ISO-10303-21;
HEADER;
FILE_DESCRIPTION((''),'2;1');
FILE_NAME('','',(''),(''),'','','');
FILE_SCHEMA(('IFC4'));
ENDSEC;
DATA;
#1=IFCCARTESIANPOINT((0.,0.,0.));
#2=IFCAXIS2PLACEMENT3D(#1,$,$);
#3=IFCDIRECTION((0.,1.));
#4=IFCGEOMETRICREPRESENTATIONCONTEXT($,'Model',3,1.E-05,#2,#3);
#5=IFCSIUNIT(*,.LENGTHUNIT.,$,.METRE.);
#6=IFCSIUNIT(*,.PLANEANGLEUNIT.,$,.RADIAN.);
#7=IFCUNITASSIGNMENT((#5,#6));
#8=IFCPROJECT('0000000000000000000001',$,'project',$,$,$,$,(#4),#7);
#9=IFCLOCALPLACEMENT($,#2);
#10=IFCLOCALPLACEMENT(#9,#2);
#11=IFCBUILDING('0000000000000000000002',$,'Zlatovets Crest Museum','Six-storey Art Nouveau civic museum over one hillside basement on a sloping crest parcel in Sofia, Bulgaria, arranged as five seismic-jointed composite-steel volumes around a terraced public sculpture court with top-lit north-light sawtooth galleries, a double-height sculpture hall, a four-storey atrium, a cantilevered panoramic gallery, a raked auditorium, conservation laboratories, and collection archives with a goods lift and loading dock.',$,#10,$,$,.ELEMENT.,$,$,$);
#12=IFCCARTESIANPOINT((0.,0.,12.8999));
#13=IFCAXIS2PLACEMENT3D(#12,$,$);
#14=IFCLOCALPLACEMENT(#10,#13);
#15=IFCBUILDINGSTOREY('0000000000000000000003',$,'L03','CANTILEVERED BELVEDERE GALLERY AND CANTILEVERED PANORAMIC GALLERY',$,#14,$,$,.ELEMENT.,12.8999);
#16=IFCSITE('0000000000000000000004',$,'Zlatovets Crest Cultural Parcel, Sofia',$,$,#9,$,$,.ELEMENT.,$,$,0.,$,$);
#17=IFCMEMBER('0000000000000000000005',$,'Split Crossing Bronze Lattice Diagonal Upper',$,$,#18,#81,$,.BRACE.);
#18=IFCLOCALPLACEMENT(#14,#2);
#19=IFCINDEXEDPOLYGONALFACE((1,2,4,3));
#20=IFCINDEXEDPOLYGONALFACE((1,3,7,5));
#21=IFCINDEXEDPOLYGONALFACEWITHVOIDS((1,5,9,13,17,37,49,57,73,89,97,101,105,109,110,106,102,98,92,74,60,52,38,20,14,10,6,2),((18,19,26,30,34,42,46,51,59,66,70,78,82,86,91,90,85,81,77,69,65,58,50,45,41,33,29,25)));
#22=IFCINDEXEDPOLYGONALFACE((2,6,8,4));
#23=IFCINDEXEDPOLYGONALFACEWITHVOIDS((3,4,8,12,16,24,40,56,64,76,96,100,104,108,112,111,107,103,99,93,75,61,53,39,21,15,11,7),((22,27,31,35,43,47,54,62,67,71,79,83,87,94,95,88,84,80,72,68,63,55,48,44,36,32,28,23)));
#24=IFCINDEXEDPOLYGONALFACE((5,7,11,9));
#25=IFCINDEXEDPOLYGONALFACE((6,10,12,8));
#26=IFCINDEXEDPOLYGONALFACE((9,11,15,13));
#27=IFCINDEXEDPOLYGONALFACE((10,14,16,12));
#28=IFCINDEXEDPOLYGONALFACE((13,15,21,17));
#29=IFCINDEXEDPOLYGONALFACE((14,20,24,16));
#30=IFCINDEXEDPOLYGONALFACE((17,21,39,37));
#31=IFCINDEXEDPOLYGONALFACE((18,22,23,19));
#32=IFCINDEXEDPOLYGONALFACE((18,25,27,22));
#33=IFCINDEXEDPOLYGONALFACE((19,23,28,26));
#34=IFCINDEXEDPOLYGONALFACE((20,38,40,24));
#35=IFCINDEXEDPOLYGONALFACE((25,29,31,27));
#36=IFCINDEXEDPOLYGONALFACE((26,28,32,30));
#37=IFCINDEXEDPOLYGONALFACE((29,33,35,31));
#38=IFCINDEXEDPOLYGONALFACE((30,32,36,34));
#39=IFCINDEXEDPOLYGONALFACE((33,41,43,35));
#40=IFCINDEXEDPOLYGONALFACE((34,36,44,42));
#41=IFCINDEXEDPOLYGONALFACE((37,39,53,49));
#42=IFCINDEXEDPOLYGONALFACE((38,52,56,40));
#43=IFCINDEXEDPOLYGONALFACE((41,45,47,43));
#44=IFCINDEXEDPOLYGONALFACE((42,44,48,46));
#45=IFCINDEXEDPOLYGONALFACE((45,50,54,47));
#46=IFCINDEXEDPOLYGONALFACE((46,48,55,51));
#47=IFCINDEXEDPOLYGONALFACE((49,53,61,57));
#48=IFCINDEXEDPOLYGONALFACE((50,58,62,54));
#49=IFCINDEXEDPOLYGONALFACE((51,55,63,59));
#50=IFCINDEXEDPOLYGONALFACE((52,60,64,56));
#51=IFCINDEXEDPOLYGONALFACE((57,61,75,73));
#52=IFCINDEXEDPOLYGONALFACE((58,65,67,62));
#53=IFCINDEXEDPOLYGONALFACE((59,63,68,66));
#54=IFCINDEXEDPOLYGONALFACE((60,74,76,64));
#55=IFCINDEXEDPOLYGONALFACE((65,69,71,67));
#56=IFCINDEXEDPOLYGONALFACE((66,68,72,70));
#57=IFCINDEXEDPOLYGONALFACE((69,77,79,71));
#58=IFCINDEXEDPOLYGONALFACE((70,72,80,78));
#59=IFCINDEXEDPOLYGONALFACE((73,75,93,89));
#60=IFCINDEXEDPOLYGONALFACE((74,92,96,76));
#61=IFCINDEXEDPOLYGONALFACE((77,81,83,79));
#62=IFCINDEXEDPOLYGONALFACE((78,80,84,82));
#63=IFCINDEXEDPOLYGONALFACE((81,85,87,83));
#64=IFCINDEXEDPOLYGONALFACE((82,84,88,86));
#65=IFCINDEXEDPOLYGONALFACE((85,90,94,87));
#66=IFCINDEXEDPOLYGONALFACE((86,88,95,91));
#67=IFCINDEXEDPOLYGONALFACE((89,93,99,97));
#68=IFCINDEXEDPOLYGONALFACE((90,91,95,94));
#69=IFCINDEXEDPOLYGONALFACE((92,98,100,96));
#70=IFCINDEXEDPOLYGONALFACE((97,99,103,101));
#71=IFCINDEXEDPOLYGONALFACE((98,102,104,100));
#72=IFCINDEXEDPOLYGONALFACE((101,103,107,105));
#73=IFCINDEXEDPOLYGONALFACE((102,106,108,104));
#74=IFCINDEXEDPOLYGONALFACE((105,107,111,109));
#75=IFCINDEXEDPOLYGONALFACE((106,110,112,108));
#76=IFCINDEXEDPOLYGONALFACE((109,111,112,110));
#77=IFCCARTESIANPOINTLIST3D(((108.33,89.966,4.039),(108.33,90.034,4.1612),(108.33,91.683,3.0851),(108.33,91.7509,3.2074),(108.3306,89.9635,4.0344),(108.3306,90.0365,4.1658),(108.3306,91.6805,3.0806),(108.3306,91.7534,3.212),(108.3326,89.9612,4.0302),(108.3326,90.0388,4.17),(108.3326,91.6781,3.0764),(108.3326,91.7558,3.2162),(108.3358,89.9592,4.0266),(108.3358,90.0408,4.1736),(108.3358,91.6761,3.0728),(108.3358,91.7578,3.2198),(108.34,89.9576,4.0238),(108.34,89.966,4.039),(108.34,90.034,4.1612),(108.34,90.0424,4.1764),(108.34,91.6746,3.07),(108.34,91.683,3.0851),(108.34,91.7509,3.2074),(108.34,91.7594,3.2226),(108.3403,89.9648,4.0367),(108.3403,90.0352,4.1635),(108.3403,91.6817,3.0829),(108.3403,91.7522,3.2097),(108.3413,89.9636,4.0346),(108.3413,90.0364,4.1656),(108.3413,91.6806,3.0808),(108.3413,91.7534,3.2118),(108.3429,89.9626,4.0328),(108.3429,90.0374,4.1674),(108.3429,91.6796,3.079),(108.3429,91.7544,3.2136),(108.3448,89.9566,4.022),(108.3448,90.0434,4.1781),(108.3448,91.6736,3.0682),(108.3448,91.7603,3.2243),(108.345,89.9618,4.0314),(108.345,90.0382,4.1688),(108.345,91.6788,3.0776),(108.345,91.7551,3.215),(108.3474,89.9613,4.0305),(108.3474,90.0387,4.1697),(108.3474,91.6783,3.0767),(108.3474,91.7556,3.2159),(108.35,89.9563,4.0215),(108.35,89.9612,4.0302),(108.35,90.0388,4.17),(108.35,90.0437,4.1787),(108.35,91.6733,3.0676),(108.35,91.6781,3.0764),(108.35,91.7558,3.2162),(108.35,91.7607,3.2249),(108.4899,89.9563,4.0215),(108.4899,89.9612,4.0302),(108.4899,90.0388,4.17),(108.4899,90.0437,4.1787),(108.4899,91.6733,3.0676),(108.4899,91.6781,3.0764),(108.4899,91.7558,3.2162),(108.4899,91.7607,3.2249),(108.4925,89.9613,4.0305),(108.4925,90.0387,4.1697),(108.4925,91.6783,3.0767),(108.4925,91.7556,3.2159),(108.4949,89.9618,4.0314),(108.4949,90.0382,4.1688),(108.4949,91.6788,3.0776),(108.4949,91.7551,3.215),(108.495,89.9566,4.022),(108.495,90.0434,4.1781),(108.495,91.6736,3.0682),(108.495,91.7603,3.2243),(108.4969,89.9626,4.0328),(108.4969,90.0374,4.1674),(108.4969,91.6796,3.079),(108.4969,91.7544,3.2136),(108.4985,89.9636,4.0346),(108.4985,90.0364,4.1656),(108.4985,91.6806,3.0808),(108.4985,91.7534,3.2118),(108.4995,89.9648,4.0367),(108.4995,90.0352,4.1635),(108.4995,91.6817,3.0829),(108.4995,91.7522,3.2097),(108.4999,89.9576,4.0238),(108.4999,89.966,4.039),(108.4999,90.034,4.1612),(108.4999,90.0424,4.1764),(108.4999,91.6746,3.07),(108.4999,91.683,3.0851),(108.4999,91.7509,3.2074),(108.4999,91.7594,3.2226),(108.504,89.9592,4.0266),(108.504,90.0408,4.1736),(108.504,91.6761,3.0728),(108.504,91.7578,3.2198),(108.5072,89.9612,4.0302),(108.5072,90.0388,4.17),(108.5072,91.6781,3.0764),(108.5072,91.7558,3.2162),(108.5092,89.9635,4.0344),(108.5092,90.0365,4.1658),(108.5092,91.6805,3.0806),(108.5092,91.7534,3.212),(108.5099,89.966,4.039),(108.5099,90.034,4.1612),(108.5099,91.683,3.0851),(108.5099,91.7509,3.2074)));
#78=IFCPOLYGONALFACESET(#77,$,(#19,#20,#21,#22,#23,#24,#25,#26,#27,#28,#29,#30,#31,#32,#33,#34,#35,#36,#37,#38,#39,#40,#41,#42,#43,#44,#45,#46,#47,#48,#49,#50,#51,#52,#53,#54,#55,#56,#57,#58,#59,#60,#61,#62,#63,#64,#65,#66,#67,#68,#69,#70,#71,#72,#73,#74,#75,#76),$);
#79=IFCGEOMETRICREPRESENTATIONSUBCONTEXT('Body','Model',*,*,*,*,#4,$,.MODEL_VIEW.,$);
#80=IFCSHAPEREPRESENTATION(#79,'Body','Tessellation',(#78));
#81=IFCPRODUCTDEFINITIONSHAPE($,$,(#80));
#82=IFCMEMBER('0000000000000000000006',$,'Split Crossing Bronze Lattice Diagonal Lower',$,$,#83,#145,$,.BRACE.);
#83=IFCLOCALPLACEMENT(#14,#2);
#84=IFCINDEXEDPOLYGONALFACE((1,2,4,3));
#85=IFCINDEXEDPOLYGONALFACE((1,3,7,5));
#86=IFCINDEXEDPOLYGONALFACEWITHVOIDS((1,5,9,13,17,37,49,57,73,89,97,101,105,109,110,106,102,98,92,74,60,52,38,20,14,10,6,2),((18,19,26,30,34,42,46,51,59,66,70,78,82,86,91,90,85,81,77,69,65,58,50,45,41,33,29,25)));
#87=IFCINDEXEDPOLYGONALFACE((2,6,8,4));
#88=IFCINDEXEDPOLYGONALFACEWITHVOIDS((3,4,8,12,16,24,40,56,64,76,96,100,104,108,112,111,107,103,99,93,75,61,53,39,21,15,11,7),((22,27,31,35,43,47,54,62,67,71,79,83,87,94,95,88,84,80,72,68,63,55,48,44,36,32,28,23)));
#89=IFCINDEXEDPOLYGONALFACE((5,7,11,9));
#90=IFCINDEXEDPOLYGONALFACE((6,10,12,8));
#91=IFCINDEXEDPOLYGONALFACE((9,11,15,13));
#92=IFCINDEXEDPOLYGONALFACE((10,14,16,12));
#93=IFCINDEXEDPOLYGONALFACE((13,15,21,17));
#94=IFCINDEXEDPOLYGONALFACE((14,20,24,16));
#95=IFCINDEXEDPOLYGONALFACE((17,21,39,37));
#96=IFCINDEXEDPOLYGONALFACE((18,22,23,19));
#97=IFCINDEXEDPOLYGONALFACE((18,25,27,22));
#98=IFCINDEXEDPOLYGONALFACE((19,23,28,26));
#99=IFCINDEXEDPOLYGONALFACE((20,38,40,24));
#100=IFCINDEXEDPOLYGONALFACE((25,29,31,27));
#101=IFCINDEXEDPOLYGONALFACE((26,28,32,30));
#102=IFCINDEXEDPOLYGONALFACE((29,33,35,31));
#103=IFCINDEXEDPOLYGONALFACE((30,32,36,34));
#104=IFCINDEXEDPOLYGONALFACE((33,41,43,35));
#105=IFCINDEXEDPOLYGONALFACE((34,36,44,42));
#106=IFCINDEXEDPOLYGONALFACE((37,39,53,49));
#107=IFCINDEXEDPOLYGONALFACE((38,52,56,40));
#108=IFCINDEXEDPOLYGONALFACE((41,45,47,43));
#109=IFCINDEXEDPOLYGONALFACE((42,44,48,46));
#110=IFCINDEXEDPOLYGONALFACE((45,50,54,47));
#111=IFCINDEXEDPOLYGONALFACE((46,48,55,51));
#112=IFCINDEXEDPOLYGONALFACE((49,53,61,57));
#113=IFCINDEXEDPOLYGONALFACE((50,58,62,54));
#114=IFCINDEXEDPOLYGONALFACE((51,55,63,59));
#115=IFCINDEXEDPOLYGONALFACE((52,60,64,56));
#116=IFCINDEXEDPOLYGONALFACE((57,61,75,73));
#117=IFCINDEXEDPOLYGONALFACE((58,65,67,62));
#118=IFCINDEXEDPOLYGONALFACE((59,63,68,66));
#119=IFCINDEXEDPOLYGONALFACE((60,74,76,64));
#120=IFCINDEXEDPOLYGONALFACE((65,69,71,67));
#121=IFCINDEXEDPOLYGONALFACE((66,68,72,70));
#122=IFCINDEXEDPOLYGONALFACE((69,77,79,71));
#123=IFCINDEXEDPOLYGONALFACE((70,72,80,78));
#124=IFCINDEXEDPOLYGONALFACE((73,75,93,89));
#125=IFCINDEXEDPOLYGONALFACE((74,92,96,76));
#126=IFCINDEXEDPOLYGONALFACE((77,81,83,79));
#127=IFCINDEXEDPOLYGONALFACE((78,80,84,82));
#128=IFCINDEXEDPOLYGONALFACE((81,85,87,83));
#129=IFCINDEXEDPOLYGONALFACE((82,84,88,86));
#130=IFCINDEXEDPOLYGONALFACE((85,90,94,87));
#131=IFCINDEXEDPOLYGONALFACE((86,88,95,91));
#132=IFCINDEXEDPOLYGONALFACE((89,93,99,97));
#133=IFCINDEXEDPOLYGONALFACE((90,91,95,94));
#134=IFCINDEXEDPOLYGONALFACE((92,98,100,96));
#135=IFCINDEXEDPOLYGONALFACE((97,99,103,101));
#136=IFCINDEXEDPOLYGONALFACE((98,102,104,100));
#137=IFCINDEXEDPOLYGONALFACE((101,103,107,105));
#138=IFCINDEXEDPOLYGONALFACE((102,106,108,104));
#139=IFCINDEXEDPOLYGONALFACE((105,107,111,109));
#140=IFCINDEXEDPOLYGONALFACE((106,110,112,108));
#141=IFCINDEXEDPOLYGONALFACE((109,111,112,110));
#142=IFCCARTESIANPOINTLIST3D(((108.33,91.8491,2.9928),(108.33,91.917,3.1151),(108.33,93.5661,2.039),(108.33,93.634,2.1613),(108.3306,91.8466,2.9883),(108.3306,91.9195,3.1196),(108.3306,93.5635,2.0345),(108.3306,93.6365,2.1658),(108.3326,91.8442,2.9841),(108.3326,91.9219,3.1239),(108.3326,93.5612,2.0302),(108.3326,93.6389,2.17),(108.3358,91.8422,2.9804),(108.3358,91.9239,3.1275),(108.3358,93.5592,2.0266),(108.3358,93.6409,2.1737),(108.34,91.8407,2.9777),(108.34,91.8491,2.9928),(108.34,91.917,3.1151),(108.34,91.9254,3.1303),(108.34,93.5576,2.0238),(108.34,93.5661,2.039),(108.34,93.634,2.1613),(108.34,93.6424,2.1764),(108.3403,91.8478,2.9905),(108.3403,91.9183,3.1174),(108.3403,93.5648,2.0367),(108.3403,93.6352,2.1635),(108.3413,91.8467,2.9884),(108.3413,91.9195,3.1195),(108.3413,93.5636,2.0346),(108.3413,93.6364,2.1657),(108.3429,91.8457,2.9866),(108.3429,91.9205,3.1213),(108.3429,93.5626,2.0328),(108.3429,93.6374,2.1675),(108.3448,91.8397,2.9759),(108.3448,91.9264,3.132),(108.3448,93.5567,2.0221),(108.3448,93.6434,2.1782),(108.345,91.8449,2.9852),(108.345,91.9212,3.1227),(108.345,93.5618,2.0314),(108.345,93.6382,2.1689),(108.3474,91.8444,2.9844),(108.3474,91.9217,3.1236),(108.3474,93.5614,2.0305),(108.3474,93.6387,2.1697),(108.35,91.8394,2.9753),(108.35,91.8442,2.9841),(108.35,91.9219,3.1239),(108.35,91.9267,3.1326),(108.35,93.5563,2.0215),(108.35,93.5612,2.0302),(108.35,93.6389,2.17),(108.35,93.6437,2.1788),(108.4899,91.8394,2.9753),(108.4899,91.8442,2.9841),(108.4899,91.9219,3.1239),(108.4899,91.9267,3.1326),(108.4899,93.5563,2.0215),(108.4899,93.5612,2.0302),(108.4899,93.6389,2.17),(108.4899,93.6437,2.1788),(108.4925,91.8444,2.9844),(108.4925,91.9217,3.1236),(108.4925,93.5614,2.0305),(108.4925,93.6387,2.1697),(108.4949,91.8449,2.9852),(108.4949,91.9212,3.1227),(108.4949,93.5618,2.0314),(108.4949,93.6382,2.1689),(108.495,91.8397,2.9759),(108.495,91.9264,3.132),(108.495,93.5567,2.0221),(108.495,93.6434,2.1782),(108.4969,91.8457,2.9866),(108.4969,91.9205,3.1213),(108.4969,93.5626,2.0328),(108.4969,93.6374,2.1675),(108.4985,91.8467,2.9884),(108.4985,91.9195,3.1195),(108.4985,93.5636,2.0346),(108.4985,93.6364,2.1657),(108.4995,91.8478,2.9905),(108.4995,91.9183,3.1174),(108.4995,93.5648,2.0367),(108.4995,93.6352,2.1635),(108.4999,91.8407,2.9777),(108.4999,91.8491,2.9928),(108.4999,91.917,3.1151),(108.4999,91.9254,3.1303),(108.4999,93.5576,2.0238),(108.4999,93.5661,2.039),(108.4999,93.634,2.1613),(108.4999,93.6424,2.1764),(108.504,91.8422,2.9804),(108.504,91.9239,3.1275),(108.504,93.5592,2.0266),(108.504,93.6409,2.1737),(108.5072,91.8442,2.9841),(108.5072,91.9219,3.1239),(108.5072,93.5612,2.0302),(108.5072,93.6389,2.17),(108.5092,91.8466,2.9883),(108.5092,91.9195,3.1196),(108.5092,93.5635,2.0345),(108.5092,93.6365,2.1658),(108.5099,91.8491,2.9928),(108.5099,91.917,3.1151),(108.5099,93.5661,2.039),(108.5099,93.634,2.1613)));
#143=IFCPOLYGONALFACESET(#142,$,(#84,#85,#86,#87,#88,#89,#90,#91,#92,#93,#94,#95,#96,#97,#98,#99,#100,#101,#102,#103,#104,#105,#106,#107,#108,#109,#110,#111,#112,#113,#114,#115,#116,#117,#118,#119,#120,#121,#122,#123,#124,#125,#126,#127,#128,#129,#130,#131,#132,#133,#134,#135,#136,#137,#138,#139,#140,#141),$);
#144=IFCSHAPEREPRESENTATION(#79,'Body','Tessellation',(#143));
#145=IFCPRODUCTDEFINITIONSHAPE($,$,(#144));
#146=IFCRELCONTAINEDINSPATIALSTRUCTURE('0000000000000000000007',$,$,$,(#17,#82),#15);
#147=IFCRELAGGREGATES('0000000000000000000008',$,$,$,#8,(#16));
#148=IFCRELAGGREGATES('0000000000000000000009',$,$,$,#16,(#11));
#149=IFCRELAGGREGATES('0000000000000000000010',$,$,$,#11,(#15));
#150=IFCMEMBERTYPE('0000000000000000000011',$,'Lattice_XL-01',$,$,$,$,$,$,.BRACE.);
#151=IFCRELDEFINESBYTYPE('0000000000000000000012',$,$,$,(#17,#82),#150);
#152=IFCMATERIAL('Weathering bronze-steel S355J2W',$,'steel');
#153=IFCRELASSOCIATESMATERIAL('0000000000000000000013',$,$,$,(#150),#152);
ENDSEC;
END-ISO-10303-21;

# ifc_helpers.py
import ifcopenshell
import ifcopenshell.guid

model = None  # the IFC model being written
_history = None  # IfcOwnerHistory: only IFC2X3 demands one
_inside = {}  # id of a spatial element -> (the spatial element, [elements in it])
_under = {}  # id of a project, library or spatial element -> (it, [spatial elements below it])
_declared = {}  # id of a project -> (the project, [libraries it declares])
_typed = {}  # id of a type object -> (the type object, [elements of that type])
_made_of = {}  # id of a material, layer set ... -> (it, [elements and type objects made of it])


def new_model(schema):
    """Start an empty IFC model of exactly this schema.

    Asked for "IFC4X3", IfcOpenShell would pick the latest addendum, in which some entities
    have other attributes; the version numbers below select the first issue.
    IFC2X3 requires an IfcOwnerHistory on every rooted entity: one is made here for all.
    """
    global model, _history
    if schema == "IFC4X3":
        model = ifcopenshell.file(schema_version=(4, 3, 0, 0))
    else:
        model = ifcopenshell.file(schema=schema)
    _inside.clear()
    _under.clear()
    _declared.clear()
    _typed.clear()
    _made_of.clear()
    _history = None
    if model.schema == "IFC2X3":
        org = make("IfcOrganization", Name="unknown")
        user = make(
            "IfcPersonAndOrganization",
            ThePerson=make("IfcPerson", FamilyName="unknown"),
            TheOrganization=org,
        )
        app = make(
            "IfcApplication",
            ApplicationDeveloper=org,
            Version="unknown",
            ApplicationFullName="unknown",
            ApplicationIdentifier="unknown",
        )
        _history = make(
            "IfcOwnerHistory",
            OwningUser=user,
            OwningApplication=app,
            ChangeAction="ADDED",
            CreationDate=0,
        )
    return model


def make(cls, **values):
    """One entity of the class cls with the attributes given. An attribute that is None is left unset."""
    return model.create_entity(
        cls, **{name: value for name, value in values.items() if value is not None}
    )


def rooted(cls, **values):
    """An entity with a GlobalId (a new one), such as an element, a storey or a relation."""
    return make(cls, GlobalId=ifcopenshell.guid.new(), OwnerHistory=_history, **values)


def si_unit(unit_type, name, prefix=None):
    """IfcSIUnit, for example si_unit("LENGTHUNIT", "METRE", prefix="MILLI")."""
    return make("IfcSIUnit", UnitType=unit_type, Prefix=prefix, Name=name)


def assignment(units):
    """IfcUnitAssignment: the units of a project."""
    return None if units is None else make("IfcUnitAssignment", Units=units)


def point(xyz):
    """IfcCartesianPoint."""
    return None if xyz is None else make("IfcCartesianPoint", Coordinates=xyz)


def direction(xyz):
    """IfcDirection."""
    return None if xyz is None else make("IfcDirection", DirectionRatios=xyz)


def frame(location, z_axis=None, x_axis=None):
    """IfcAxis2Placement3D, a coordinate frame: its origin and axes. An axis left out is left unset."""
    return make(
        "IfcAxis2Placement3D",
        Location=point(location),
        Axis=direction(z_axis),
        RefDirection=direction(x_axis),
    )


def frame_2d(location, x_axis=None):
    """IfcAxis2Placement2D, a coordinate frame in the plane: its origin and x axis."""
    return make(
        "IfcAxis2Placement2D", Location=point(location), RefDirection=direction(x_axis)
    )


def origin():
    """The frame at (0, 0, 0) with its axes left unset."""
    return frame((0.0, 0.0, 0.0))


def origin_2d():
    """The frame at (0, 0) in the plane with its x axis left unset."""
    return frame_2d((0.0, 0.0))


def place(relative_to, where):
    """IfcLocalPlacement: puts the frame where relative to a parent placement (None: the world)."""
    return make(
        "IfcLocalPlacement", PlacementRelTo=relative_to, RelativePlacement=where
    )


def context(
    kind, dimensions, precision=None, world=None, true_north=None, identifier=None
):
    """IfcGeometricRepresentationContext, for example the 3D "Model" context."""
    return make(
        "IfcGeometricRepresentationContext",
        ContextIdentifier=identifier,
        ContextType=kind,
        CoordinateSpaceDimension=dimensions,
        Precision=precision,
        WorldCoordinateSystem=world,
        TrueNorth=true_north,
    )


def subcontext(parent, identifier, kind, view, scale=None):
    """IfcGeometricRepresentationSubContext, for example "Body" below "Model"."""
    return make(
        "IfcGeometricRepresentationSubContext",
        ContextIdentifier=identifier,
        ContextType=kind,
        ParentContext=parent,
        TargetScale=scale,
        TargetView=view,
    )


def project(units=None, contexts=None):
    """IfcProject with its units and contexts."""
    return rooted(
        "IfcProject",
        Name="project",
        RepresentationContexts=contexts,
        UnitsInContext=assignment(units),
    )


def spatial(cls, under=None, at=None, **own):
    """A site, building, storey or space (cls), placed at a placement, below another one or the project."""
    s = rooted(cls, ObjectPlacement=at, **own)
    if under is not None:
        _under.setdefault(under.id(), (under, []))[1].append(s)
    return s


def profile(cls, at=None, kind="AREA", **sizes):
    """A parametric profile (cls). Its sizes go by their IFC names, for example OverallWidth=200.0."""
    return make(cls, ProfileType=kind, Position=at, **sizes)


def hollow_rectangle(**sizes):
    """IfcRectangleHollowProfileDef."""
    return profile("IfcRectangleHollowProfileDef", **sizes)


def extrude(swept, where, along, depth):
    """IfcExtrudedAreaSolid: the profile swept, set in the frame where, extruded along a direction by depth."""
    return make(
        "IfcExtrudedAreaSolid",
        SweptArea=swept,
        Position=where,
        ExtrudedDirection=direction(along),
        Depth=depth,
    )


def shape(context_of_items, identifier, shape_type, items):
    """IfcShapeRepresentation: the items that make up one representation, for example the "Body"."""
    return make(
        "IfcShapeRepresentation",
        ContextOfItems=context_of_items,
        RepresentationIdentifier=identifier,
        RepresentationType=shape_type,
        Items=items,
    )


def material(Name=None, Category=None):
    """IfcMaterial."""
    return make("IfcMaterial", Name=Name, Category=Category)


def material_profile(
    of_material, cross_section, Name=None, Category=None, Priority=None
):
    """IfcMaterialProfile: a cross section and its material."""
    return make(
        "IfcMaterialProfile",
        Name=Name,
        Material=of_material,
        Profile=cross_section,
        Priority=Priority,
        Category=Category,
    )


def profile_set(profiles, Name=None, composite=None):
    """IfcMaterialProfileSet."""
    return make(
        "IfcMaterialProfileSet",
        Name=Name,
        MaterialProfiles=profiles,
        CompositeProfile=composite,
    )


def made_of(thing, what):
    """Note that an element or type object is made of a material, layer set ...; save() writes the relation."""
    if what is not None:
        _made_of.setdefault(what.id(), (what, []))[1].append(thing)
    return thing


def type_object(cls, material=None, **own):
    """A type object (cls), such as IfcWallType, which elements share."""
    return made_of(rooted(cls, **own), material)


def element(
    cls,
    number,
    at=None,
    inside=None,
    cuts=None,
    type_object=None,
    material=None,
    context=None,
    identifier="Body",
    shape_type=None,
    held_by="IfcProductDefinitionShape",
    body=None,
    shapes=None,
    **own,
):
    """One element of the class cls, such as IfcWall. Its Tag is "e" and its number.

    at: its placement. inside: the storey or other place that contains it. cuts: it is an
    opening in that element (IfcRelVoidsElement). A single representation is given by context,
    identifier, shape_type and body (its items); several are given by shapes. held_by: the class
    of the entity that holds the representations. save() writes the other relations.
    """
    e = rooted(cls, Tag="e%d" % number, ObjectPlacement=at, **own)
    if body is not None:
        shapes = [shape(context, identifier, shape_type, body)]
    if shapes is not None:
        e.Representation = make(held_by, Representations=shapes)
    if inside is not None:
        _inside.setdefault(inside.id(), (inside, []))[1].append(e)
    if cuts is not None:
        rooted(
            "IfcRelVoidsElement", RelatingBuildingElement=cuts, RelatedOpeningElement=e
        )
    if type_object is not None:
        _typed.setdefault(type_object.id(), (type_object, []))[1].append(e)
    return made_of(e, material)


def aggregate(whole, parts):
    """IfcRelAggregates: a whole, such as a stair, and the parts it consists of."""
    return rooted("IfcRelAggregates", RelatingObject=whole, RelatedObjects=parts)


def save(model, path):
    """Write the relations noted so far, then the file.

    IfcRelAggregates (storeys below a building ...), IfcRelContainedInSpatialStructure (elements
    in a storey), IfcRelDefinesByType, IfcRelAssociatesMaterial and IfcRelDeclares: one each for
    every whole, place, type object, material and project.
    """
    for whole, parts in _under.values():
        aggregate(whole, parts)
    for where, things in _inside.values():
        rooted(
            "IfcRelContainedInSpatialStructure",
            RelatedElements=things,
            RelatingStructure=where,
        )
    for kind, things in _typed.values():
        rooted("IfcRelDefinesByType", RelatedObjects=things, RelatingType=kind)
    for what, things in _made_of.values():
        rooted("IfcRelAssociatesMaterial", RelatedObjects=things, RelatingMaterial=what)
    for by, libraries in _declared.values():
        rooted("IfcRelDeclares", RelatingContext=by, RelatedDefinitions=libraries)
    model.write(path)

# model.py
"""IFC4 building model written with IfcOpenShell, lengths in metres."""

from ifc_helpers import new_model, si_unit, direction, frame, origin, origin_2d, place, context, subcontext, project, spatial, hollow_rectangle, extrude, material, material_profile, profile_set, type_object, element, save


model = new_model("IFC4")

# Units and contexts
model_context = context("Model", 3, precision=1e-05, world=origin(), true_north=direction((0.0, 1.0)))
body_context = subcontext(model_context, "Body", "Model", "MODEL_VIEW")
ifc_project = project(units=[si_unit("LENGTHUNIT", "METRE"), si_unit("PLANEANGLEUNIT", "RADIAN")], contexts=[model_context])

# Site, building, storey
site_placement = place(None, origin())
site = spatial("IfcSite", under=ifc_project, at=site_placement, Name="Zlatovets Crest Cultural Parcel, Sofia", CompositionType="ELEMENT", RefElevation=0.0)
building_placement = place(site_placement, origin())
building = spatial("IfcBuilding", under=site, at=building_placement, Name="Zlatovets Crest Museum", Description="Six-storey Art Nouveau civic museum over one hillside basement on a sloping crest parcel in Sofia, Bulgaria, arranged as five seismic-jointed composite-steel volumes around a terraced public sculpture court with top-lit north-light sawtooth galleries, a double-height sculpture hall, a four-storey atrium, a cantilevered panoramic gallery, a raked auditorium, conservation laboratories, and collection archives with a goods lift and loading dock.", CompositionType="ELEMENT")
storey_placement = place(building_placement, frame((0.0, 0.0, 12.8999)))
storey = spatial("IfcBuildingStorey", under=building, at=storey_placement, Name="L03", Description="CANTILEVERED BELVEDERE GALLERY AND CANTILEVERED PANORAMIC GALLERY", CompositionType="ELEMENT", Elevation=12.8999)

# Members
ifc_material_1 = material(Name="Weathering bronze-steel S355J2W", Category="steel")
ifc_material_profile_1 = material_profile(ifc_material_1, hollow_rectangle(XDim=0.1799, YDim=0.1799, WallThickness=0.01, InnerFilletRadius=0.01, OuterFilletRadius=0.02, at=origin_2d()), Name="SHS 180x180x10.0")
ifc_profile_set_1 = profile_set([ifc_material_profile_1], Name="Weathering bronze-steel S355J2W")
member_type_1 = type_object("IfcMemberType", Name="Lattice_XL-01", PredefinedType="BRACE", material=ifc_profile_set_1)
for number, where, z_axis, x_axis, name in (
    (1, (108.4199, 90.0, 4.1001), (0.0, 0.874169, -0.485622), (-1.0, 0.0, 0.0), "Split Crossing Bronze Lattice Diagonal Upper"),
    (2, (108.4199, 91.8831, 3.054), (0.0, 0.874169, -0.485622), (-1.0, 0.0, 0.0), "Split Crossing Bronze Lattice Diagonal Lower"),
):
    element("IfcMember", number, at=place(storey_placement, frame(where, z_axis=z_axis, x_axis=x_axis)), inside=storey, type_object=member_type_1, Name=name, PredefinedType="BRACE", context=body_context, shape_type="SweptSolid", body=[
        extrude(hollow_rectangle(XDim=0.1799, YDim=0.1799, WallThickness=0.01, InnerFilletRadius=0.01, OuterFilletRadius=0.02, at=origin_2d()), origin(), (0.0, 0.0, 1.0), 1.9641),
    ])

save(model, "model.ifc")
